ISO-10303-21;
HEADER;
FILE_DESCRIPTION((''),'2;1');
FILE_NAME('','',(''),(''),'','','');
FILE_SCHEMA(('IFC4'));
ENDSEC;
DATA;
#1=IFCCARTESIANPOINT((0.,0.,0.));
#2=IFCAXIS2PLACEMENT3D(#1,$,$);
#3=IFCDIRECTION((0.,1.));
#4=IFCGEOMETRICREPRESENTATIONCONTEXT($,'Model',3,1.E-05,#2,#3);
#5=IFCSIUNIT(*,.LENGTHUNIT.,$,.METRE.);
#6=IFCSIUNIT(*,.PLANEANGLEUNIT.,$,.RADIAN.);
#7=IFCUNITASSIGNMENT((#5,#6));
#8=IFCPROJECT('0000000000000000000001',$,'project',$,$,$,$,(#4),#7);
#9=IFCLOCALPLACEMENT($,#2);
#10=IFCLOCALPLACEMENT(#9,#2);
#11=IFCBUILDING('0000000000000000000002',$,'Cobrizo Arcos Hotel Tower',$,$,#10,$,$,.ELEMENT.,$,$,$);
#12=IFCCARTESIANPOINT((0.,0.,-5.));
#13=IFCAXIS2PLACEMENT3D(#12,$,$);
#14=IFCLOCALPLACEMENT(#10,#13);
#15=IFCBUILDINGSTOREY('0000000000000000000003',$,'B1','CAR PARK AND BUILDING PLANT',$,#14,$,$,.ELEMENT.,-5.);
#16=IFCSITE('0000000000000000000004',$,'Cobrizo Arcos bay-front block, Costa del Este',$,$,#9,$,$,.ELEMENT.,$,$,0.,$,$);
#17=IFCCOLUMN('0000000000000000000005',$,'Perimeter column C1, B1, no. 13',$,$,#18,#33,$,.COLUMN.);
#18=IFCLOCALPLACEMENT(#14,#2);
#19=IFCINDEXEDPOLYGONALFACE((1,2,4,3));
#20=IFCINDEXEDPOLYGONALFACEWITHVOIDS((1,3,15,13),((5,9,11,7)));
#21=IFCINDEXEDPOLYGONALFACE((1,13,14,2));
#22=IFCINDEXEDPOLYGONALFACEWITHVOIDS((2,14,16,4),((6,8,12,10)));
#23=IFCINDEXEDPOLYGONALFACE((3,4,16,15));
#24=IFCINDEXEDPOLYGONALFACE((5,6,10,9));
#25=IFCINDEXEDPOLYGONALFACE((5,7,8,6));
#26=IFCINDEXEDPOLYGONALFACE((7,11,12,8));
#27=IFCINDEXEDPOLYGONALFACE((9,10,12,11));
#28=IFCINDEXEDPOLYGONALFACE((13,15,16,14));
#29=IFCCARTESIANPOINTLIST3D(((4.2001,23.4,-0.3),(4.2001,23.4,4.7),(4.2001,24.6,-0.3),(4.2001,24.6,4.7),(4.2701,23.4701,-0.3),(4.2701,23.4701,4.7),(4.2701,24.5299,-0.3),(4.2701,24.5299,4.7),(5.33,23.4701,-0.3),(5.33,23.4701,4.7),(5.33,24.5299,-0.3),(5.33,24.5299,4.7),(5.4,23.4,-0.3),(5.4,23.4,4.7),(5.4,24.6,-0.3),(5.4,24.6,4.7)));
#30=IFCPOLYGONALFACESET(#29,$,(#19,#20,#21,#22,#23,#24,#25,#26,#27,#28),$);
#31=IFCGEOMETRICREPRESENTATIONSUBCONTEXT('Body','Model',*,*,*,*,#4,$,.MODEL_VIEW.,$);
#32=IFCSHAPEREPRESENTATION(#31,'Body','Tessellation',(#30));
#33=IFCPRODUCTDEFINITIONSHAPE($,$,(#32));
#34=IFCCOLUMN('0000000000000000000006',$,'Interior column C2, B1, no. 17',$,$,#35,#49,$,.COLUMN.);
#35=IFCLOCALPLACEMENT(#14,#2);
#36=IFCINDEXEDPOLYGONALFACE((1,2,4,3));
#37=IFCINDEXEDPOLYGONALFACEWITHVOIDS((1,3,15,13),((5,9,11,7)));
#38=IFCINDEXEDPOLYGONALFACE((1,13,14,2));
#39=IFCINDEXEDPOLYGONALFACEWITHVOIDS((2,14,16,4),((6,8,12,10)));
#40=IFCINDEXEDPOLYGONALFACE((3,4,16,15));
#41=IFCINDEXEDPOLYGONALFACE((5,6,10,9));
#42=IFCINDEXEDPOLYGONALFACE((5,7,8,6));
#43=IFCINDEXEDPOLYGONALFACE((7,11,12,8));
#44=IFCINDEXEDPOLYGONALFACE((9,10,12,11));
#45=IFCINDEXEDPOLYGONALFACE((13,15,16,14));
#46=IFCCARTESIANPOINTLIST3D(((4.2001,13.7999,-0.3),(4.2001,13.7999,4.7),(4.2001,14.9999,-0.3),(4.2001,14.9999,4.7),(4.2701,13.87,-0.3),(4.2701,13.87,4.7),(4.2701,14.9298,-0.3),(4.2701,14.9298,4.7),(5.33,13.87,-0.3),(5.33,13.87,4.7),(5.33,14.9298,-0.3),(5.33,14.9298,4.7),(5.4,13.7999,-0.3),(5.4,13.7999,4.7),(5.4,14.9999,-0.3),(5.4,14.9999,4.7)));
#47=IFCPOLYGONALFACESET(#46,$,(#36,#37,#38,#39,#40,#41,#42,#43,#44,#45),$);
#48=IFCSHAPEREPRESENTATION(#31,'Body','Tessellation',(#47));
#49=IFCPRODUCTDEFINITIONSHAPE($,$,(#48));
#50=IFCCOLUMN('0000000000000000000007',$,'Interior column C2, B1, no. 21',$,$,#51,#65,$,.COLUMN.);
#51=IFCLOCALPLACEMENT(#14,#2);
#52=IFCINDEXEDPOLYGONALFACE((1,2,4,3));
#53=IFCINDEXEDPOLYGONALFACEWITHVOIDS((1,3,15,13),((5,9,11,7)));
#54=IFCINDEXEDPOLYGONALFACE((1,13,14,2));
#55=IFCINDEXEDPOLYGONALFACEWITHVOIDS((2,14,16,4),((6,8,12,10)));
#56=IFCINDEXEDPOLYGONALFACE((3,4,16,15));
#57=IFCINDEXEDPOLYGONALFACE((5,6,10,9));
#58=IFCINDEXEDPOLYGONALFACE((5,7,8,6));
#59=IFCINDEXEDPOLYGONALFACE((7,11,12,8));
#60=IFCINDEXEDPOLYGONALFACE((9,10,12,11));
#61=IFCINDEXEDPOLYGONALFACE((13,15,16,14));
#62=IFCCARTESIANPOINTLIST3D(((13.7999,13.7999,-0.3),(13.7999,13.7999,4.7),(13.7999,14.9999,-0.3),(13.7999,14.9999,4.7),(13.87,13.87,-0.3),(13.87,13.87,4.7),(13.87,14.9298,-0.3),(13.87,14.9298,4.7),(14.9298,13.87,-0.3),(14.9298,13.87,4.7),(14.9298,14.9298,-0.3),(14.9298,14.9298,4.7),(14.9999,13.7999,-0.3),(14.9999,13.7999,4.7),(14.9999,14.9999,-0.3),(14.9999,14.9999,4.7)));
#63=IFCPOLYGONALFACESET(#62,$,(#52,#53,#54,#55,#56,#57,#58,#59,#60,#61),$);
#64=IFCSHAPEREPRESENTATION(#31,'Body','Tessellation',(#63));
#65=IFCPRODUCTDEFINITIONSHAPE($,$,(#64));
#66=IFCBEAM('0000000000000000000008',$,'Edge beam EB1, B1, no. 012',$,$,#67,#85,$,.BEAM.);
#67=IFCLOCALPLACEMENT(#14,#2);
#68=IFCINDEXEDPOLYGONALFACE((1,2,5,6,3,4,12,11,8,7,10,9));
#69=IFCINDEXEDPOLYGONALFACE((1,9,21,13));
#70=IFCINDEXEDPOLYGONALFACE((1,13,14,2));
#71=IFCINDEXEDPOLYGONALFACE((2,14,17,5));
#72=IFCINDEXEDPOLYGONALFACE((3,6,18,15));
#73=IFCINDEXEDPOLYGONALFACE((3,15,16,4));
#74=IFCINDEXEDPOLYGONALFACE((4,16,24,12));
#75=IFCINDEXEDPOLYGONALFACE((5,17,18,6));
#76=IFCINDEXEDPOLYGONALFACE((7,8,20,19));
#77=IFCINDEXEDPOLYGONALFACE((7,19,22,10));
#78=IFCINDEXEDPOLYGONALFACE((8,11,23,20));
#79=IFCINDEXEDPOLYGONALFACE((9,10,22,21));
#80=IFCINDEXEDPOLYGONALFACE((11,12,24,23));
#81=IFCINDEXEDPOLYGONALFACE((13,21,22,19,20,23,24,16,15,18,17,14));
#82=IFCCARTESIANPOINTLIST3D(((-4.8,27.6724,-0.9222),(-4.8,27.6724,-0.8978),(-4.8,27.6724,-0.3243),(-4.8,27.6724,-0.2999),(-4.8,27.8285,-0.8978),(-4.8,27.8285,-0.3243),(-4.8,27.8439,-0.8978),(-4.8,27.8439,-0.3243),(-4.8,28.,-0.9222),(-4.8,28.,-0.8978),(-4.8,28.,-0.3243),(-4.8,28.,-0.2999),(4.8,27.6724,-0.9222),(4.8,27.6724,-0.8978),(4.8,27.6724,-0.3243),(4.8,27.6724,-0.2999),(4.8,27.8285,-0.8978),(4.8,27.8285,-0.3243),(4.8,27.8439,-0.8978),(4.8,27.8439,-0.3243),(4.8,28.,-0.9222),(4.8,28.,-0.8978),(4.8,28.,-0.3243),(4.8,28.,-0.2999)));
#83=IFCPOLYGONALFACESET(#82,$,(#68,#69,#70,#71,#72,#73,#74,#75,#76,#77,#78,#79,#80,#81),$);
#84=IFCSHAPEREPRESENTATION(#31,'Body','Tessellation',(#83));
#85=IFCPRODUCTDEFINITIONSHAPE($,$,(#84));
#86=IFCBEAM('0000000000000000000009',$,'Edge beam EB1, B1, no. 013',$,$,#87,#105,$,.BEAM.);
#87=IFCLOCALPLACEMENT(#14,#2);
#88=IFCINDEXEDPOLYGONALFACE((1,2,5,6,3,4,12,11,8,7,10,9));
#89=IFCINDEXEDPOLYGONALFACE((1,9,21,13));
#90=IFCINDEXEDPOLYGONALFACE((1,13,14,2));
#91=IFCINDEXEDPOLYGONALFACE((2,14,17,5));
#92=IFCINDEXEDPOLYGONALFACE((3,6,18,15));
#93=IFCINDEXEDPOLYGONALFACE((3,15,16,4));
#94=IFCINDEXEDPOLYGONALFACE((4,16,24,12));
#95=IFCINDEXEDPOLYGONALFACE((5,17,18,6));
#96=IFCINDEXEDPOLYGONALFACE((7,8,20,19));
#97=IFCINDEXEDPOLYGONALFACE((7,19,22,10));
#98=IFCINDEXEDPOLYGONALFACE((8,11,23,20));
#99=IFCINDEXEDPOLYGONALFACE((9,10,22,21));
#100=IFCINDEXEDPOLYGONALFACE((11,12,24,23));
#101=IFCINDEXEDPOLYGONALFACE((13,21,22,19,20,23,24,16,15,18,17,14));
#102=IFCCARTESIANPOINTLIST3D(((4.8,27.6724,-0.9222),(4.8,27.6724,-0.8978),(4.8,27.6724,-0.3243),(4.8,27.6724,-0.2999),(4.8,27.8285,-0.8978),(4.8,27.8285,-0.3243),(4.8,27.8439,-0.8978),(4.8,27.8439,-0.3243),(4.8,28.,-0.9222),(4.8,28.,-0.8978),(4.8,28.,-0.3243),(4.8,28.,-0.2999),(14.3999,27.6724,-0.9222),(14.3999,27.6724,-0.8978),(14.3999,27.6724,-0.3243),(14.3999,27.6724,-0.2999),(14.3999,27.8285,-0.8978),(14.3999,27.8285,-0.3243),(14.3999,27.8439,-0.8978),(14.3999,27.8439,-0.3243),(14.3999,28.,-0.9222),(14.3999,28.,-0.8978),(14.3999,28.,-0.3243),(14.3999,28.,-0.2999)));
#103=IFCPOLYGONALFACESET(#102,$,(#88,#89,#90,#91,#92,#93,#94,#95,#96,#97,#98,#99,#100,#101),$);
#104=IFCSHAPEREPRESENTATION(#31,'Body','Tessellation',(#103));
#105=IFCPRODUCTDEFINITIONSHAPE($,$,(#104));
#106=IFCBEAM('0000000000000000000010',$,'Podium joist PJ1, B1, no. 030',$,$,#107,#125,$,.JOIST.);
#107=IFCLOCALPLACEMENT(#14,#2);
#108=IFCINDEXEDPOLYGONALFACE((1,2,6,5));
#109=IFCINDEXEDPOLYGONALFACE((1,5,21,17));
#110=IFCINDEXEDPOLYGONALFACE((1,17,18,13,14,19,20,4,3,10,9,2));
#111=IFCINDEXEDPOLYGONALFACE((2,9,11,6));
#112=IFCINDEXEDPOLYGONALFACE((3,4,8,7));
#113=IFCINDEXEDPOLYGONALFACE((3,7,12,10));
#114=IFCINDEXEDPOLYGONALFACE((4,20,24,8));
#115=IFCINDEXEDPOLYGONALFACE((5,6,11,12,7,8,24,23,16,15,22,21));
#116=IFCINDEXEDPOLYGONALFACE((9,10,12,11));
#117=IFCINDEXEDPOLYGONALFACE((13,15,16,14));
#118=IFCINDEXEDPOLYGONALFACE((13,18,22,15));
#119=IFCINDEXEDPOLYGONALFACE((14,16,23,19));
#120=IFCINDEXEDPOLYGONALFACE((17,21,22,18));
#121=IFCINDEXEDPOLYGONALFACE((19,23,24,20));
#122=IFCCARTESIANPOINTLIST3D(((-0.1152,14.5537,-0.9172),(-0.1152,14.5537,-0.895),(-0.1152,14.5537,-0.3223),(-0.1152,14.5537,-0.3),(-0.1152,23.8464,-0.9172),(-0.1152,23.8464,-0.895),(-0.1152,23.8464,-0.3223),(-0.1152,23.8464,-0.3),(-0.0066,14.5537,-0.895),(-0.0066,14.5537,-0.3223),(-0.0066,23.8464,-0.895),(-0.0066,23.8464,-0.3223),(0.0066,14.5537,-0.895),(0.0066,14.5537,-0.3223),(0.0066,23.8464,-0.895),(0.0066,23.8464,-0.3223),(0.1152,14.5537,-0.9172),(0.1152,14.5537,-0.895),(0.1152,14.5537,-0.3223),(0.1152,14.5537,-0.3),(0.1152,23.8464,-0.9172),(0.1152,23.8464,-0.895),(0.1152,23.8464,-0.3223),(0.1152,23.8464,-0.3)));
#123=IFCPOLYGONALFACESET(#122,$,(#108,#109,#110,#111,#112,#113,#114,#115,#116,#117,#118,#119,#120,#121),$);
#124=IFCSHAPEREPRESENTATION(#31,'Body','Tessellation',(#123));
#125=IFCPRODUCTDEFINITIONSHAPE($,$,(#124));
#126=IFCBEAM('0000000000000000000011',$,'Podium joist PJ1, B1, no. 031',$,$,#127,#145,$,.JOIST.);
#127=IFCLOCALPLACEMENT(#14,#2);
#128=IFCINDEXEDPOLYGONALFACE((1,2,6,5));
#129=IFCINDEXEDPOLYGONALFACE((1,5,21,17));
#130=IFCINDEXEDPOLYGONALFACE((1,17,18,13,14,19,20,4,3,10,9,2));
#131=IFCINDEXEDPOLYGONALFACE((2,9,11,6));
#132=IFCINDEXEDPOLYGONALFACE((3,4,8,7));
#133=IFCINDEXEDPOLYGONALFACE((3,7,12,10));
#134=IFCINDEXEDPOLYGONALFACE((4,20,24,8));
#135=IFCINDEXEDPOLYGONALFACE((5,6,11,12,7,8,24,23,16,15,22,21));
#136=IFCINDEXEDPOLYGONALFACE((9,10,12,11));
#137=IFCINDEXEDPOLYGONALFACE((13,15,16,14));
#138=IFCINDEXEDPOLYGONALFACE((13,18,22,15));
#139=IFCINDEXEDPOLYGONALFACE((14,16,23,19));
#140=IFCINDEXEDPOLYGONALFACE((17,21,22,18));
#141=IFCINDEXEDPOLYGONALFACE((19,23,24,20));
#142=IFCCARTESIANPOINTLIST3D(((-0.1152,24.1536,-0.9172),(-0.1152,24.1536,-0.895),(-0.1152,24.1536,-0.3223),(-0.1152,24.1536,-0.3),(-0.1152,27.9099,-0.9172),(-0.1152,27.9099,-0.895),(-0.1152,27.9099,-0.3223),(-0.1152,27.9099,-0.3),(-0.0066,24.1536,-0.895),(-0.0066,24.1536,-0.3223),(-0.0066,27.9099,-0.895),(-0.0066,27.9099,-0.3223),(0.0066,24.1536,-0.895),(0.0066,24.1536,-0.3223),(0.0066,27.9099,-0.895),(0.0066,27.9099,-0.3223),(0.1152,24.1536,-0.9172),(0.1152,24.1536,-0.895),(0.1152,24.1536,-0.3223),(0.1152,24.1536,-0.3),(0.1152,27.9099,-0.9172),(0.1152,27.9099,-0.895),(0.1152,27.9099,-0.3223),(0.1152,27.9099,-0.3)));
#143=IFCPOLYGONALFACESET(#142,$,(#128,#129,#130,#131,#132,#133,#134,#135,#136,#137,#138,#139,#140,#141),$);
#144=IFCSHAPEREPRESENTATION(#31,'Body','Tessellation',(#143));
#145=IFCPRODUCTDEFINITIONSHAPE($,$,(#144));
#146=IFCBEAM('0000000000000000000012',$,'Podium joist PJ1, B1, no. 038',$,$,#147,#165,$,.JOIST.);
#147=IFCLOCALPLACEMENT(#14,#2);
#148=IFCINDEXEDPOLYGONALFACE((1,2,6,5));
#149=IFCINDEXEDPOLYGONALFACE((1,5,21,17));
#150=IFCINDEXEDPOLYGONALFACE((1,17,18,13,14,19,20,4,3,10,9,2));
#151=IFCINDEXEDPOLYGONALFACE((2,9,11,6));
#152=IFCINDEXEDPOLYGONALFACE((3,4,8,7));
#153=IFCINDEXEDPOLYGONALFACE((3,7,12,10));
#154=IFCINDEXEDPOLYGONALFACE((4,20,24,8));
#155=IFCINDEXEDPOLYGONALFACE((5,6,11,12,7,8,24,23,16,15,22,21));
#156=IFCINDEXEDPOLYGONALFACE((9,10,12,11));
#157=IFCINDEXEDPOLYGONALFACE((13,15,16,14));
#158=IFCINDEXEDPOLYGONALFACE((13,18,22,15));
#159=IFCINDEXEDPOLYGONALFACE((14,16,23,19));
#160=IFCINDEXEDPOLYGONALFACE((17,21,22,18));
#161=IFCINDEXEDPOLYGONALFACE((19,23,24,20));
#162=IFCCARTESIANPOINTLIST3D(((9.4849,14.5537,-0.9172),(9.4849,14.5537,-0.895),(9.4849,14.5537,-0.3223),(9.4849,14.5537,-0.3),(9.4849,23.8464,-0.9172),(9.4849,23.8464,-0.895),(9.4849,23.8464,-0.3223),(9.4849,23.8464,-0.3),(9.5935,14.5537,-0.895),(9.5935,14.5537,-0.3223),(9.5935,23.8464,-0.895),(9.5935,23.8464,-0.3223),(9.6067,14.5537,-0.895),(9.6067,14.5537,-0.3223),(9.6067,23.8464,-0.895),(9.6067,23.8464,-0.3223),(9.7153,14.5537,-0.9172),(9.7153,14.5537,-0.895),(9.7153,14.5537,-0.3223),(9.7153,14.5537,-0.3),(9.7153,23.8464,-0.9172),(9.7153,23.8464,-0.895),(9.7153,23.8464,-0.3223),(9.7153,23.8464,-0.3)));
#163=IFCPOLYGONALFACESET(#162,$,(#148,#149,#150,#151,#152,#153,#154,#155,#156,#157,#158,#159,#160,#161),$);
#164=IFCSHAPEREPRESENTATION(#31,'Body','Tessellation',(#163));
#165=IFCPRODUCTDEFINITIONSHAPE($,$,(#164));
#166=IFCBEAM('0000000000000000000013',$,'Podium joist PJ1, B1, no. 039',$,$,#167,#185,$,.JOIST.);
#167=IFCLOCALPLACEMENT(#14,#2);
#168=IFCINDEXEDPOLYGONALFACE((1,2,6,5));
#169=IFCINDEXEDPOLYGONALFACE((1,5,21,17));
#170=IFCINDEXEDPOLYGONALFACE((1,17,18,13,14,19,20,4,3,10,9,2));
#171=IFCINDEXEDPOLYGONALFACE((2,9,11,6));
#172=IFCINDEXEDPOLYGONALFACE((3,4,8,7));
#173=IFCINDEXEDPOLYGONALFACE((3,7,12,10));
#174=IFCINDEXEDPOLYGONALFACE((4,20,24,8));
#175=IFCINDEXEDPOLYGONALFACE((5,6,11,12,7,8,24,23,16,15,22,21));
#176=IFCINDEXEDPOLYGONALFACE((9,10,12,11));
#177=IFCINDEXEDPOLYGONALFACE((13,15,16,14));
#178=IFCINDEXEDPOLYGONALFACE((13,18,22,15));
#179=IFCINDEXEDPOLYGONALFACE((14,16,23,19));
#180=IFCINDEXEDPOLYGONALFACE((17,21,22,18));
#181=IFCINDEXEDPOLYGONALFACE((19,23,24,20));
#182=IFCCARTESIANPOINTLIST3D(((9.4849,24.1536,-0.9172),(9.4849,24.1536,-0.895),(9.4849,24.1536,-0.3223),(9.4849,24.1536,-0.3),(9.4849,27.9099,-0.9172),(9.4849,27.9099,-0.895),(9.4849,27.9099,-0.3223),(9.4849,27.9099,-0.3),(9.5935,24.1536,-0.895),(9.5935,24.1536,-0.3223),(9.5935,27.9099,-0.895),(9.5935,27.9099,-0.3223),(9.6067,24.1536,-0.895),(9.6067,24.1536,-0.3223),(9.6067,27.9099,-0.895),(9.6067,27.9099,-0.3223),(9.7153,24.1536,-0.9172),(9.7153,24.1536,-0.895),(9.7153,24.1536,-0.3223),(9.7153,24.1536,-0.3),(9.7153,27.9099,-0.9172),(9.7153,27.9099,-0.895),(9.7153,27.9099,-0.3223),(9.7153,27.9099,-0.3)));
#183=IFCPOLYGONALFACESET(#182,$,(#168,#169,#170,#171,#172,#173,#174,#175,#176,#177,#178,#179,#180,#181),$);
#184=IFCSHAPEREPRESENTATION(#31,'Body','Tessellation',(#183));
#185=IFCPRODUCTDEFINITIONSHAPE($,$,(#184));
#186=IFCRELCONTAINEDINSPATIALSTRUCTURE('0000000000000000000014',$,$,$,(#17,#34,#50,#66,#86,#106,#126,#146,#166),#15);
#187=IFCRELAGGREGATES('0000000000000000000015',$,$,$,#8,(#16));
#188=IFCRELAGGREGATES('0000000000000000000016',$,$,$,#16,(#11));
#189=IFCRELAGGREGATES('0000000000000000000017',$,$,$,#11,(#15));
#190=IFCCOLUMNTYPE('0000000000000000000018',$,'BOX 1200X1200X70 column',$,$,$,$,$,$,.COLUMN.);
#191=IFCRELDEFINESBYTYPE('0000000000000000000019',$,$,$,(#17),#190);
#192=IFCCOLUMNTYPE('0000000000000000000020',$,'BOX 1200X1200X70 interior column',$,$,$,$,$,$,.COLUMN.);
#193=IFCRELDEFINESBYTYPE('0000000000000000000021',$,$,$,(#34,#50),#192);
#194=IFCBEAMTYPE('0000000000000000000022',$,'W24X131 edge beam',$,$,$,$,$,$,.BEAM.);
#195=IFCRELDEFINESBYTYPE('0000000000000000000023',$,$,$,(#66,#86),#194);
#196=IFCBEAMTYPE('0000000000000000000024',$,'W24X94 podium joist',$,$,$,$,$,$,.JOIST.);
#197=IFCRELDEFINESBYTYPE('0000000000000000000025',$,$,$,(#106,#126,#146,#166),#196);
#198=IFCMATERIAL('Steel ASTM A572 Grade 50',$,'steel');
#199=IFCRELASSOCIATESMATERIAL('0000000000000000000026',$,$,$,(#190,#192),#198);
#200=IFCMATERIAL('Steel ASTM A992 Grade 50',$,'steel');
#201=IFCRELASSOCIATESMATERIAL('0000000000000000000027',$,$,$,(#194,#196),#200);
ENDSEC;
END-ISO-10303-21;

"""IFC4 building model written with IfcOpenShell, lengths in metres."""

from ifc_helpers import new_model, si_unit, direction, frame, origin, origin_2d, place, context, subcontext, project, spatial, hollow_rectangle, i_section, extrude, material, material_profile, profile_set, type_object, element, save


model = new_model("IFC4")

# Units and contexts
model_context = context("Model", 3, precision=1e-05, world=origin(), true_north=direction((0.0, 1.0)))
body_context = subcontext(model_context, "Body", "Model", "MODEL_VIEW")
ifc_project = project(units=[si_unit("LENGTHUNIT", "METRE"), si_unit("PLANEANGLEUNIT", "RADIAN")], contexts=[model_context])

# Site, building, storey
site_placement = place(None, origin())
site = spatial("IfcSite", under=ifc_project, at=site_placement, Name="Cobrizo Arcos bay-front block, Costa del Este", CompositionType="ELEMENT", RefElevation=0.0)
building_placement = place(site_placement, origin())
building = spatial("IfcBuilding", under=site, at=building_placement, Name="Cobrizo Arcos Hotel Tower", CompositionType="ELEMENT")
storey_placement = place(building_placement, frame((0.0, 0.0, -5.0)))
storey = spatial("IfcBuildingStorey", under=building, at=storey_placement, Name="B1", Description="CAR PARK AND BUILDING PLANT", CompositionType="ELEMENT", Elevation=-5.0)

# Columns
ifc_material_1 = material(Name="Steel ASTM A572 Grade 50", Category="steel")
ifc_material_profile_1 = material_profile(ifc_material_1, hollow_rectangle(XDim=1.2, YDim=1.2, WallThickness=0.0701, at=origin_2d()), Name="BOX 1200X1200X70")
ifc_profile_set_1 = profile_set([ifc_material_profile_1], Name="Steel ASTM A572 Grade 50")
column_type_1 = type_object("IfcColumnType", Name="BOX 1200X1200X70 column", PredefinedType="COLUMN", material=ifc_profile_set_1)
column_placement = place(storey_placement, frame((4.8, 24.0, -0.3), z_axis=(0.0, 0.0, 1.0), x_axis=(1.0, 0.0, 0.0)))
element("IfcColumn", 1, at=column_placement, inside=storey, type_object=column_type_1, Name="Perimeter column C1, B1, no. 13", PredefinedType="COLUMN", context=body_context, shape_type="SweptSolid", body=[
    extrude(hollow_rectangle(XDim=1.2, YDim=1.2, WallThickness=0.0701, at=origin_2d()), origin(), (0.0, 0.0, 1.0), 5.0),
])
ifc_material_profile_2 = material_profile(ifc_material_1, hollow_rectangle(XDim=1.2, YDim=1.2, WallThickness=0.0701, at=origin_2d()), Name="BOX 1200X1200X70")
ifc_profile_set_2 = profile_set([ifc_material_profile_2], Name="Steel ASTM A572 Grade 50")
column_type_2 = type_object("IfcColumnType", Name="BOX 1200X1200X70 interior column", PredefinedType="COLUMN", material=ifc_profile_set_2)
for number, where, z_axis, x_axis, name in (
    (2, (4.8, 14.3999, -0.3), (0.0, 0.0, 1.0), (1.0, 0.0, 0.0), "Interior column C2, B1, no. 17"),
    (3, (14.3999, 14.3999, -0.3), (0.0, 0.0, 1.0), (1.0, 0.0, 0.0), "Interior column C2, B1, no. 21"),
):
    element("IfcColumn", number, at=place(storey_placement, frame(where, z_axis=z_axis, x_axis=x_axis)), inside=storey, type_object=column_type_2, Name=name, PredefinedType="COLUMN", context=body_context, shape_type="SweptSolid", body=[
        extrude(hollow_rectangle(XDim=1.2, YDim=1.2, WallThickness=0.0701, at=origin_2d()), origin(), (0.0, 0.0, 1.0), 5.0),
    ])

# Beams
ifc_material_2 = material(Name="Steel ASTM A992 Grade 50", Category="steel")
ifc_material_profile_3 = material_profile(ifc_material_2, i_section(OverallWidth=0.3276, OverallDepth=0.6223, WebThickness=0.0154, FlangeThickness=0.0244, at=origin_2d()), Name="W24X131")
ifc_profile_set_3 = profile_set([ifc_material_profile_3], Name="Steel ASTM A992 Grade 50")
beam_type_1 = type_object("IfcBeamType", Name="W24X131 edge beam", PredefinedType="BEAM", material=ifc_profile_set_3)
beam_1_placement = place(storey_placement, frame((-4.8, 27.8362, -0.6111), z_axis=(1.0, 0.0, 0.0), x_axis=(0.0, 1.0, 0.0)))
element("IfcBeam", 4, at=beam_1_placement, inside=storey, type_object=beam_type_1, Name="Edge beam EB1, B1, no. 012", PredefinedType="BEAM", context=body_context, shape_type="SweptSolid", body=[
    extrude(i_section(OverallWidth=0.3276, OverallDepth=0.6223, WebThickness=0.0154, FlangeThickness=0.0244, at=origin_2d()), origin(), (0.0, 0.0, 1.0), 9.6001),
])
beam_2_placement = place(storey_placement, frame((4.8, 27.8362, -0.6111), z_axis=(1.0, 0.0, 0.0), x_axis=(0.0, 1.0, 0.0)))
element("IfcBeam", 5, at=beam_2_placement, inside=storey, type_object=beam_type_1, Name="Edge beam EB1, B1, no. 013", PredefinedType="BEAM", context=body_context, shape_type="SweptSolid", body=[
    extrude(i_section(OverallWidth=0.3276, OverallDepth=0.6223, WebThickness=0.0154, FlangeThickness=0.0244, at=origin_2d()), origin(), (0.0, 0.0, 1.0), 9.5999),
])
ifc_material_profile_4 = material_profile(ifc_material_2, i_section(OverallWidth=0.2305, OverallDepth=0.6172, WebThickness=0.0132, FlangeThickness=0.0222, at=origin_2d()), Name="W24X94")
ifc_profile_set_4 = profile_set([ifc_material_profile_4], Name="Steel ASTM A992 Grade 50")
beam_type_2 = type_object("IfcBeamType", Name="W24X94 podium joist", PredefinedType="JOIST", material=ifc_profile_set_4)
beam_3_placement = place(storey_placement, frame((0.0, 14.5537, -0.6086), z_axis=(0.0, 1.0, 0.0), x_axis=(-1.0, 0.0, 0.0)))
element("IfcBeam", 6, at=beam_3_placement, inside=storey, type_object=beam_type_2, Name="Podium joist PJ1, B1, no. 030", PredefinedType="JOIST", context=body_context, shape_type="SweptSolid", body=[
    extrude(i_section(OverallWidth=0.2305, OverallDepth=0.6172, WebThickness=0.0132, FlangeThickness=0.0222, at=origin_2d()), origin(), (0.0, 0.0, 1.0), 9.2927),
])
beam_4_placement = place(storey_placement, frame((0.0, 24.1536, -0.6086), z_axis=(0.0, 1.0, 0.0), x_axis=(-1.0, 0.0, 0.0)))
element("IfcBeam", 7, at=beam_4_placement, inside=storey, type_object=beam_type_2, Name="Podium joist PJ1, B1, no. 031", PredefinedType="JOIST", context=body_context, shape_type="SweptSolid", body=[
    extrude(i_section(OverallWidth=0.2305, OverallDepth=0.6172, WebThickness=0.0132, FlangeThickness=0.0222, at=origin_2d()), origin(), (0.0, 0.0, 1.0), 3.7563),
])
beam_5_placement = place(storey_placement, frame((9.6001, 14.5537, -0.6086), z_axis=(0.0, 1.0, 0.0), x_axis=(-1.0, 0.0, 0.0)))
element("IfcBeam", 8, at=beam_5_placement, inside=storey, type_object=beam_type_2, Name="Podium joist PJ1, B1, no. 038", PredefinedType="JOIST", context=body_context, shape_type="SweptSolid", body=[
    extrude(i_section(OverallWidth=0.2305, OverallDepth=0.6172, WebThickness=0.0132, FlangeThickness=0.0222, at=origin_2d()), origin(), (0.0, 0.0, 1.0), 9.2927),
])
beam_6_placement = place(storey_placement, frame((9.6001, 24.1536, -0.6086), z_axis=(0.0, 1.0, 0.0), x_axis=(-1.0, 0.0, 0.0)))
element("IfcBeam", 9, at=beam_6_placement, inside=storey, type_object=beam_type_2, Name="Podium joist PJ1, B1, no. 039", PredefinedType="JOIST", context=body_context, shape_type="SweptSolid", body=[
    extrude(i_section(OverallWidth=0.2305, OverallDepth=0.6172, WebThickness=0.0132, FlangeThickness=0.0222, at=origin_2d()), origin(), (0.0, 0.0, 1.0), 3.7563),
])

save(model, "model.ifc")
